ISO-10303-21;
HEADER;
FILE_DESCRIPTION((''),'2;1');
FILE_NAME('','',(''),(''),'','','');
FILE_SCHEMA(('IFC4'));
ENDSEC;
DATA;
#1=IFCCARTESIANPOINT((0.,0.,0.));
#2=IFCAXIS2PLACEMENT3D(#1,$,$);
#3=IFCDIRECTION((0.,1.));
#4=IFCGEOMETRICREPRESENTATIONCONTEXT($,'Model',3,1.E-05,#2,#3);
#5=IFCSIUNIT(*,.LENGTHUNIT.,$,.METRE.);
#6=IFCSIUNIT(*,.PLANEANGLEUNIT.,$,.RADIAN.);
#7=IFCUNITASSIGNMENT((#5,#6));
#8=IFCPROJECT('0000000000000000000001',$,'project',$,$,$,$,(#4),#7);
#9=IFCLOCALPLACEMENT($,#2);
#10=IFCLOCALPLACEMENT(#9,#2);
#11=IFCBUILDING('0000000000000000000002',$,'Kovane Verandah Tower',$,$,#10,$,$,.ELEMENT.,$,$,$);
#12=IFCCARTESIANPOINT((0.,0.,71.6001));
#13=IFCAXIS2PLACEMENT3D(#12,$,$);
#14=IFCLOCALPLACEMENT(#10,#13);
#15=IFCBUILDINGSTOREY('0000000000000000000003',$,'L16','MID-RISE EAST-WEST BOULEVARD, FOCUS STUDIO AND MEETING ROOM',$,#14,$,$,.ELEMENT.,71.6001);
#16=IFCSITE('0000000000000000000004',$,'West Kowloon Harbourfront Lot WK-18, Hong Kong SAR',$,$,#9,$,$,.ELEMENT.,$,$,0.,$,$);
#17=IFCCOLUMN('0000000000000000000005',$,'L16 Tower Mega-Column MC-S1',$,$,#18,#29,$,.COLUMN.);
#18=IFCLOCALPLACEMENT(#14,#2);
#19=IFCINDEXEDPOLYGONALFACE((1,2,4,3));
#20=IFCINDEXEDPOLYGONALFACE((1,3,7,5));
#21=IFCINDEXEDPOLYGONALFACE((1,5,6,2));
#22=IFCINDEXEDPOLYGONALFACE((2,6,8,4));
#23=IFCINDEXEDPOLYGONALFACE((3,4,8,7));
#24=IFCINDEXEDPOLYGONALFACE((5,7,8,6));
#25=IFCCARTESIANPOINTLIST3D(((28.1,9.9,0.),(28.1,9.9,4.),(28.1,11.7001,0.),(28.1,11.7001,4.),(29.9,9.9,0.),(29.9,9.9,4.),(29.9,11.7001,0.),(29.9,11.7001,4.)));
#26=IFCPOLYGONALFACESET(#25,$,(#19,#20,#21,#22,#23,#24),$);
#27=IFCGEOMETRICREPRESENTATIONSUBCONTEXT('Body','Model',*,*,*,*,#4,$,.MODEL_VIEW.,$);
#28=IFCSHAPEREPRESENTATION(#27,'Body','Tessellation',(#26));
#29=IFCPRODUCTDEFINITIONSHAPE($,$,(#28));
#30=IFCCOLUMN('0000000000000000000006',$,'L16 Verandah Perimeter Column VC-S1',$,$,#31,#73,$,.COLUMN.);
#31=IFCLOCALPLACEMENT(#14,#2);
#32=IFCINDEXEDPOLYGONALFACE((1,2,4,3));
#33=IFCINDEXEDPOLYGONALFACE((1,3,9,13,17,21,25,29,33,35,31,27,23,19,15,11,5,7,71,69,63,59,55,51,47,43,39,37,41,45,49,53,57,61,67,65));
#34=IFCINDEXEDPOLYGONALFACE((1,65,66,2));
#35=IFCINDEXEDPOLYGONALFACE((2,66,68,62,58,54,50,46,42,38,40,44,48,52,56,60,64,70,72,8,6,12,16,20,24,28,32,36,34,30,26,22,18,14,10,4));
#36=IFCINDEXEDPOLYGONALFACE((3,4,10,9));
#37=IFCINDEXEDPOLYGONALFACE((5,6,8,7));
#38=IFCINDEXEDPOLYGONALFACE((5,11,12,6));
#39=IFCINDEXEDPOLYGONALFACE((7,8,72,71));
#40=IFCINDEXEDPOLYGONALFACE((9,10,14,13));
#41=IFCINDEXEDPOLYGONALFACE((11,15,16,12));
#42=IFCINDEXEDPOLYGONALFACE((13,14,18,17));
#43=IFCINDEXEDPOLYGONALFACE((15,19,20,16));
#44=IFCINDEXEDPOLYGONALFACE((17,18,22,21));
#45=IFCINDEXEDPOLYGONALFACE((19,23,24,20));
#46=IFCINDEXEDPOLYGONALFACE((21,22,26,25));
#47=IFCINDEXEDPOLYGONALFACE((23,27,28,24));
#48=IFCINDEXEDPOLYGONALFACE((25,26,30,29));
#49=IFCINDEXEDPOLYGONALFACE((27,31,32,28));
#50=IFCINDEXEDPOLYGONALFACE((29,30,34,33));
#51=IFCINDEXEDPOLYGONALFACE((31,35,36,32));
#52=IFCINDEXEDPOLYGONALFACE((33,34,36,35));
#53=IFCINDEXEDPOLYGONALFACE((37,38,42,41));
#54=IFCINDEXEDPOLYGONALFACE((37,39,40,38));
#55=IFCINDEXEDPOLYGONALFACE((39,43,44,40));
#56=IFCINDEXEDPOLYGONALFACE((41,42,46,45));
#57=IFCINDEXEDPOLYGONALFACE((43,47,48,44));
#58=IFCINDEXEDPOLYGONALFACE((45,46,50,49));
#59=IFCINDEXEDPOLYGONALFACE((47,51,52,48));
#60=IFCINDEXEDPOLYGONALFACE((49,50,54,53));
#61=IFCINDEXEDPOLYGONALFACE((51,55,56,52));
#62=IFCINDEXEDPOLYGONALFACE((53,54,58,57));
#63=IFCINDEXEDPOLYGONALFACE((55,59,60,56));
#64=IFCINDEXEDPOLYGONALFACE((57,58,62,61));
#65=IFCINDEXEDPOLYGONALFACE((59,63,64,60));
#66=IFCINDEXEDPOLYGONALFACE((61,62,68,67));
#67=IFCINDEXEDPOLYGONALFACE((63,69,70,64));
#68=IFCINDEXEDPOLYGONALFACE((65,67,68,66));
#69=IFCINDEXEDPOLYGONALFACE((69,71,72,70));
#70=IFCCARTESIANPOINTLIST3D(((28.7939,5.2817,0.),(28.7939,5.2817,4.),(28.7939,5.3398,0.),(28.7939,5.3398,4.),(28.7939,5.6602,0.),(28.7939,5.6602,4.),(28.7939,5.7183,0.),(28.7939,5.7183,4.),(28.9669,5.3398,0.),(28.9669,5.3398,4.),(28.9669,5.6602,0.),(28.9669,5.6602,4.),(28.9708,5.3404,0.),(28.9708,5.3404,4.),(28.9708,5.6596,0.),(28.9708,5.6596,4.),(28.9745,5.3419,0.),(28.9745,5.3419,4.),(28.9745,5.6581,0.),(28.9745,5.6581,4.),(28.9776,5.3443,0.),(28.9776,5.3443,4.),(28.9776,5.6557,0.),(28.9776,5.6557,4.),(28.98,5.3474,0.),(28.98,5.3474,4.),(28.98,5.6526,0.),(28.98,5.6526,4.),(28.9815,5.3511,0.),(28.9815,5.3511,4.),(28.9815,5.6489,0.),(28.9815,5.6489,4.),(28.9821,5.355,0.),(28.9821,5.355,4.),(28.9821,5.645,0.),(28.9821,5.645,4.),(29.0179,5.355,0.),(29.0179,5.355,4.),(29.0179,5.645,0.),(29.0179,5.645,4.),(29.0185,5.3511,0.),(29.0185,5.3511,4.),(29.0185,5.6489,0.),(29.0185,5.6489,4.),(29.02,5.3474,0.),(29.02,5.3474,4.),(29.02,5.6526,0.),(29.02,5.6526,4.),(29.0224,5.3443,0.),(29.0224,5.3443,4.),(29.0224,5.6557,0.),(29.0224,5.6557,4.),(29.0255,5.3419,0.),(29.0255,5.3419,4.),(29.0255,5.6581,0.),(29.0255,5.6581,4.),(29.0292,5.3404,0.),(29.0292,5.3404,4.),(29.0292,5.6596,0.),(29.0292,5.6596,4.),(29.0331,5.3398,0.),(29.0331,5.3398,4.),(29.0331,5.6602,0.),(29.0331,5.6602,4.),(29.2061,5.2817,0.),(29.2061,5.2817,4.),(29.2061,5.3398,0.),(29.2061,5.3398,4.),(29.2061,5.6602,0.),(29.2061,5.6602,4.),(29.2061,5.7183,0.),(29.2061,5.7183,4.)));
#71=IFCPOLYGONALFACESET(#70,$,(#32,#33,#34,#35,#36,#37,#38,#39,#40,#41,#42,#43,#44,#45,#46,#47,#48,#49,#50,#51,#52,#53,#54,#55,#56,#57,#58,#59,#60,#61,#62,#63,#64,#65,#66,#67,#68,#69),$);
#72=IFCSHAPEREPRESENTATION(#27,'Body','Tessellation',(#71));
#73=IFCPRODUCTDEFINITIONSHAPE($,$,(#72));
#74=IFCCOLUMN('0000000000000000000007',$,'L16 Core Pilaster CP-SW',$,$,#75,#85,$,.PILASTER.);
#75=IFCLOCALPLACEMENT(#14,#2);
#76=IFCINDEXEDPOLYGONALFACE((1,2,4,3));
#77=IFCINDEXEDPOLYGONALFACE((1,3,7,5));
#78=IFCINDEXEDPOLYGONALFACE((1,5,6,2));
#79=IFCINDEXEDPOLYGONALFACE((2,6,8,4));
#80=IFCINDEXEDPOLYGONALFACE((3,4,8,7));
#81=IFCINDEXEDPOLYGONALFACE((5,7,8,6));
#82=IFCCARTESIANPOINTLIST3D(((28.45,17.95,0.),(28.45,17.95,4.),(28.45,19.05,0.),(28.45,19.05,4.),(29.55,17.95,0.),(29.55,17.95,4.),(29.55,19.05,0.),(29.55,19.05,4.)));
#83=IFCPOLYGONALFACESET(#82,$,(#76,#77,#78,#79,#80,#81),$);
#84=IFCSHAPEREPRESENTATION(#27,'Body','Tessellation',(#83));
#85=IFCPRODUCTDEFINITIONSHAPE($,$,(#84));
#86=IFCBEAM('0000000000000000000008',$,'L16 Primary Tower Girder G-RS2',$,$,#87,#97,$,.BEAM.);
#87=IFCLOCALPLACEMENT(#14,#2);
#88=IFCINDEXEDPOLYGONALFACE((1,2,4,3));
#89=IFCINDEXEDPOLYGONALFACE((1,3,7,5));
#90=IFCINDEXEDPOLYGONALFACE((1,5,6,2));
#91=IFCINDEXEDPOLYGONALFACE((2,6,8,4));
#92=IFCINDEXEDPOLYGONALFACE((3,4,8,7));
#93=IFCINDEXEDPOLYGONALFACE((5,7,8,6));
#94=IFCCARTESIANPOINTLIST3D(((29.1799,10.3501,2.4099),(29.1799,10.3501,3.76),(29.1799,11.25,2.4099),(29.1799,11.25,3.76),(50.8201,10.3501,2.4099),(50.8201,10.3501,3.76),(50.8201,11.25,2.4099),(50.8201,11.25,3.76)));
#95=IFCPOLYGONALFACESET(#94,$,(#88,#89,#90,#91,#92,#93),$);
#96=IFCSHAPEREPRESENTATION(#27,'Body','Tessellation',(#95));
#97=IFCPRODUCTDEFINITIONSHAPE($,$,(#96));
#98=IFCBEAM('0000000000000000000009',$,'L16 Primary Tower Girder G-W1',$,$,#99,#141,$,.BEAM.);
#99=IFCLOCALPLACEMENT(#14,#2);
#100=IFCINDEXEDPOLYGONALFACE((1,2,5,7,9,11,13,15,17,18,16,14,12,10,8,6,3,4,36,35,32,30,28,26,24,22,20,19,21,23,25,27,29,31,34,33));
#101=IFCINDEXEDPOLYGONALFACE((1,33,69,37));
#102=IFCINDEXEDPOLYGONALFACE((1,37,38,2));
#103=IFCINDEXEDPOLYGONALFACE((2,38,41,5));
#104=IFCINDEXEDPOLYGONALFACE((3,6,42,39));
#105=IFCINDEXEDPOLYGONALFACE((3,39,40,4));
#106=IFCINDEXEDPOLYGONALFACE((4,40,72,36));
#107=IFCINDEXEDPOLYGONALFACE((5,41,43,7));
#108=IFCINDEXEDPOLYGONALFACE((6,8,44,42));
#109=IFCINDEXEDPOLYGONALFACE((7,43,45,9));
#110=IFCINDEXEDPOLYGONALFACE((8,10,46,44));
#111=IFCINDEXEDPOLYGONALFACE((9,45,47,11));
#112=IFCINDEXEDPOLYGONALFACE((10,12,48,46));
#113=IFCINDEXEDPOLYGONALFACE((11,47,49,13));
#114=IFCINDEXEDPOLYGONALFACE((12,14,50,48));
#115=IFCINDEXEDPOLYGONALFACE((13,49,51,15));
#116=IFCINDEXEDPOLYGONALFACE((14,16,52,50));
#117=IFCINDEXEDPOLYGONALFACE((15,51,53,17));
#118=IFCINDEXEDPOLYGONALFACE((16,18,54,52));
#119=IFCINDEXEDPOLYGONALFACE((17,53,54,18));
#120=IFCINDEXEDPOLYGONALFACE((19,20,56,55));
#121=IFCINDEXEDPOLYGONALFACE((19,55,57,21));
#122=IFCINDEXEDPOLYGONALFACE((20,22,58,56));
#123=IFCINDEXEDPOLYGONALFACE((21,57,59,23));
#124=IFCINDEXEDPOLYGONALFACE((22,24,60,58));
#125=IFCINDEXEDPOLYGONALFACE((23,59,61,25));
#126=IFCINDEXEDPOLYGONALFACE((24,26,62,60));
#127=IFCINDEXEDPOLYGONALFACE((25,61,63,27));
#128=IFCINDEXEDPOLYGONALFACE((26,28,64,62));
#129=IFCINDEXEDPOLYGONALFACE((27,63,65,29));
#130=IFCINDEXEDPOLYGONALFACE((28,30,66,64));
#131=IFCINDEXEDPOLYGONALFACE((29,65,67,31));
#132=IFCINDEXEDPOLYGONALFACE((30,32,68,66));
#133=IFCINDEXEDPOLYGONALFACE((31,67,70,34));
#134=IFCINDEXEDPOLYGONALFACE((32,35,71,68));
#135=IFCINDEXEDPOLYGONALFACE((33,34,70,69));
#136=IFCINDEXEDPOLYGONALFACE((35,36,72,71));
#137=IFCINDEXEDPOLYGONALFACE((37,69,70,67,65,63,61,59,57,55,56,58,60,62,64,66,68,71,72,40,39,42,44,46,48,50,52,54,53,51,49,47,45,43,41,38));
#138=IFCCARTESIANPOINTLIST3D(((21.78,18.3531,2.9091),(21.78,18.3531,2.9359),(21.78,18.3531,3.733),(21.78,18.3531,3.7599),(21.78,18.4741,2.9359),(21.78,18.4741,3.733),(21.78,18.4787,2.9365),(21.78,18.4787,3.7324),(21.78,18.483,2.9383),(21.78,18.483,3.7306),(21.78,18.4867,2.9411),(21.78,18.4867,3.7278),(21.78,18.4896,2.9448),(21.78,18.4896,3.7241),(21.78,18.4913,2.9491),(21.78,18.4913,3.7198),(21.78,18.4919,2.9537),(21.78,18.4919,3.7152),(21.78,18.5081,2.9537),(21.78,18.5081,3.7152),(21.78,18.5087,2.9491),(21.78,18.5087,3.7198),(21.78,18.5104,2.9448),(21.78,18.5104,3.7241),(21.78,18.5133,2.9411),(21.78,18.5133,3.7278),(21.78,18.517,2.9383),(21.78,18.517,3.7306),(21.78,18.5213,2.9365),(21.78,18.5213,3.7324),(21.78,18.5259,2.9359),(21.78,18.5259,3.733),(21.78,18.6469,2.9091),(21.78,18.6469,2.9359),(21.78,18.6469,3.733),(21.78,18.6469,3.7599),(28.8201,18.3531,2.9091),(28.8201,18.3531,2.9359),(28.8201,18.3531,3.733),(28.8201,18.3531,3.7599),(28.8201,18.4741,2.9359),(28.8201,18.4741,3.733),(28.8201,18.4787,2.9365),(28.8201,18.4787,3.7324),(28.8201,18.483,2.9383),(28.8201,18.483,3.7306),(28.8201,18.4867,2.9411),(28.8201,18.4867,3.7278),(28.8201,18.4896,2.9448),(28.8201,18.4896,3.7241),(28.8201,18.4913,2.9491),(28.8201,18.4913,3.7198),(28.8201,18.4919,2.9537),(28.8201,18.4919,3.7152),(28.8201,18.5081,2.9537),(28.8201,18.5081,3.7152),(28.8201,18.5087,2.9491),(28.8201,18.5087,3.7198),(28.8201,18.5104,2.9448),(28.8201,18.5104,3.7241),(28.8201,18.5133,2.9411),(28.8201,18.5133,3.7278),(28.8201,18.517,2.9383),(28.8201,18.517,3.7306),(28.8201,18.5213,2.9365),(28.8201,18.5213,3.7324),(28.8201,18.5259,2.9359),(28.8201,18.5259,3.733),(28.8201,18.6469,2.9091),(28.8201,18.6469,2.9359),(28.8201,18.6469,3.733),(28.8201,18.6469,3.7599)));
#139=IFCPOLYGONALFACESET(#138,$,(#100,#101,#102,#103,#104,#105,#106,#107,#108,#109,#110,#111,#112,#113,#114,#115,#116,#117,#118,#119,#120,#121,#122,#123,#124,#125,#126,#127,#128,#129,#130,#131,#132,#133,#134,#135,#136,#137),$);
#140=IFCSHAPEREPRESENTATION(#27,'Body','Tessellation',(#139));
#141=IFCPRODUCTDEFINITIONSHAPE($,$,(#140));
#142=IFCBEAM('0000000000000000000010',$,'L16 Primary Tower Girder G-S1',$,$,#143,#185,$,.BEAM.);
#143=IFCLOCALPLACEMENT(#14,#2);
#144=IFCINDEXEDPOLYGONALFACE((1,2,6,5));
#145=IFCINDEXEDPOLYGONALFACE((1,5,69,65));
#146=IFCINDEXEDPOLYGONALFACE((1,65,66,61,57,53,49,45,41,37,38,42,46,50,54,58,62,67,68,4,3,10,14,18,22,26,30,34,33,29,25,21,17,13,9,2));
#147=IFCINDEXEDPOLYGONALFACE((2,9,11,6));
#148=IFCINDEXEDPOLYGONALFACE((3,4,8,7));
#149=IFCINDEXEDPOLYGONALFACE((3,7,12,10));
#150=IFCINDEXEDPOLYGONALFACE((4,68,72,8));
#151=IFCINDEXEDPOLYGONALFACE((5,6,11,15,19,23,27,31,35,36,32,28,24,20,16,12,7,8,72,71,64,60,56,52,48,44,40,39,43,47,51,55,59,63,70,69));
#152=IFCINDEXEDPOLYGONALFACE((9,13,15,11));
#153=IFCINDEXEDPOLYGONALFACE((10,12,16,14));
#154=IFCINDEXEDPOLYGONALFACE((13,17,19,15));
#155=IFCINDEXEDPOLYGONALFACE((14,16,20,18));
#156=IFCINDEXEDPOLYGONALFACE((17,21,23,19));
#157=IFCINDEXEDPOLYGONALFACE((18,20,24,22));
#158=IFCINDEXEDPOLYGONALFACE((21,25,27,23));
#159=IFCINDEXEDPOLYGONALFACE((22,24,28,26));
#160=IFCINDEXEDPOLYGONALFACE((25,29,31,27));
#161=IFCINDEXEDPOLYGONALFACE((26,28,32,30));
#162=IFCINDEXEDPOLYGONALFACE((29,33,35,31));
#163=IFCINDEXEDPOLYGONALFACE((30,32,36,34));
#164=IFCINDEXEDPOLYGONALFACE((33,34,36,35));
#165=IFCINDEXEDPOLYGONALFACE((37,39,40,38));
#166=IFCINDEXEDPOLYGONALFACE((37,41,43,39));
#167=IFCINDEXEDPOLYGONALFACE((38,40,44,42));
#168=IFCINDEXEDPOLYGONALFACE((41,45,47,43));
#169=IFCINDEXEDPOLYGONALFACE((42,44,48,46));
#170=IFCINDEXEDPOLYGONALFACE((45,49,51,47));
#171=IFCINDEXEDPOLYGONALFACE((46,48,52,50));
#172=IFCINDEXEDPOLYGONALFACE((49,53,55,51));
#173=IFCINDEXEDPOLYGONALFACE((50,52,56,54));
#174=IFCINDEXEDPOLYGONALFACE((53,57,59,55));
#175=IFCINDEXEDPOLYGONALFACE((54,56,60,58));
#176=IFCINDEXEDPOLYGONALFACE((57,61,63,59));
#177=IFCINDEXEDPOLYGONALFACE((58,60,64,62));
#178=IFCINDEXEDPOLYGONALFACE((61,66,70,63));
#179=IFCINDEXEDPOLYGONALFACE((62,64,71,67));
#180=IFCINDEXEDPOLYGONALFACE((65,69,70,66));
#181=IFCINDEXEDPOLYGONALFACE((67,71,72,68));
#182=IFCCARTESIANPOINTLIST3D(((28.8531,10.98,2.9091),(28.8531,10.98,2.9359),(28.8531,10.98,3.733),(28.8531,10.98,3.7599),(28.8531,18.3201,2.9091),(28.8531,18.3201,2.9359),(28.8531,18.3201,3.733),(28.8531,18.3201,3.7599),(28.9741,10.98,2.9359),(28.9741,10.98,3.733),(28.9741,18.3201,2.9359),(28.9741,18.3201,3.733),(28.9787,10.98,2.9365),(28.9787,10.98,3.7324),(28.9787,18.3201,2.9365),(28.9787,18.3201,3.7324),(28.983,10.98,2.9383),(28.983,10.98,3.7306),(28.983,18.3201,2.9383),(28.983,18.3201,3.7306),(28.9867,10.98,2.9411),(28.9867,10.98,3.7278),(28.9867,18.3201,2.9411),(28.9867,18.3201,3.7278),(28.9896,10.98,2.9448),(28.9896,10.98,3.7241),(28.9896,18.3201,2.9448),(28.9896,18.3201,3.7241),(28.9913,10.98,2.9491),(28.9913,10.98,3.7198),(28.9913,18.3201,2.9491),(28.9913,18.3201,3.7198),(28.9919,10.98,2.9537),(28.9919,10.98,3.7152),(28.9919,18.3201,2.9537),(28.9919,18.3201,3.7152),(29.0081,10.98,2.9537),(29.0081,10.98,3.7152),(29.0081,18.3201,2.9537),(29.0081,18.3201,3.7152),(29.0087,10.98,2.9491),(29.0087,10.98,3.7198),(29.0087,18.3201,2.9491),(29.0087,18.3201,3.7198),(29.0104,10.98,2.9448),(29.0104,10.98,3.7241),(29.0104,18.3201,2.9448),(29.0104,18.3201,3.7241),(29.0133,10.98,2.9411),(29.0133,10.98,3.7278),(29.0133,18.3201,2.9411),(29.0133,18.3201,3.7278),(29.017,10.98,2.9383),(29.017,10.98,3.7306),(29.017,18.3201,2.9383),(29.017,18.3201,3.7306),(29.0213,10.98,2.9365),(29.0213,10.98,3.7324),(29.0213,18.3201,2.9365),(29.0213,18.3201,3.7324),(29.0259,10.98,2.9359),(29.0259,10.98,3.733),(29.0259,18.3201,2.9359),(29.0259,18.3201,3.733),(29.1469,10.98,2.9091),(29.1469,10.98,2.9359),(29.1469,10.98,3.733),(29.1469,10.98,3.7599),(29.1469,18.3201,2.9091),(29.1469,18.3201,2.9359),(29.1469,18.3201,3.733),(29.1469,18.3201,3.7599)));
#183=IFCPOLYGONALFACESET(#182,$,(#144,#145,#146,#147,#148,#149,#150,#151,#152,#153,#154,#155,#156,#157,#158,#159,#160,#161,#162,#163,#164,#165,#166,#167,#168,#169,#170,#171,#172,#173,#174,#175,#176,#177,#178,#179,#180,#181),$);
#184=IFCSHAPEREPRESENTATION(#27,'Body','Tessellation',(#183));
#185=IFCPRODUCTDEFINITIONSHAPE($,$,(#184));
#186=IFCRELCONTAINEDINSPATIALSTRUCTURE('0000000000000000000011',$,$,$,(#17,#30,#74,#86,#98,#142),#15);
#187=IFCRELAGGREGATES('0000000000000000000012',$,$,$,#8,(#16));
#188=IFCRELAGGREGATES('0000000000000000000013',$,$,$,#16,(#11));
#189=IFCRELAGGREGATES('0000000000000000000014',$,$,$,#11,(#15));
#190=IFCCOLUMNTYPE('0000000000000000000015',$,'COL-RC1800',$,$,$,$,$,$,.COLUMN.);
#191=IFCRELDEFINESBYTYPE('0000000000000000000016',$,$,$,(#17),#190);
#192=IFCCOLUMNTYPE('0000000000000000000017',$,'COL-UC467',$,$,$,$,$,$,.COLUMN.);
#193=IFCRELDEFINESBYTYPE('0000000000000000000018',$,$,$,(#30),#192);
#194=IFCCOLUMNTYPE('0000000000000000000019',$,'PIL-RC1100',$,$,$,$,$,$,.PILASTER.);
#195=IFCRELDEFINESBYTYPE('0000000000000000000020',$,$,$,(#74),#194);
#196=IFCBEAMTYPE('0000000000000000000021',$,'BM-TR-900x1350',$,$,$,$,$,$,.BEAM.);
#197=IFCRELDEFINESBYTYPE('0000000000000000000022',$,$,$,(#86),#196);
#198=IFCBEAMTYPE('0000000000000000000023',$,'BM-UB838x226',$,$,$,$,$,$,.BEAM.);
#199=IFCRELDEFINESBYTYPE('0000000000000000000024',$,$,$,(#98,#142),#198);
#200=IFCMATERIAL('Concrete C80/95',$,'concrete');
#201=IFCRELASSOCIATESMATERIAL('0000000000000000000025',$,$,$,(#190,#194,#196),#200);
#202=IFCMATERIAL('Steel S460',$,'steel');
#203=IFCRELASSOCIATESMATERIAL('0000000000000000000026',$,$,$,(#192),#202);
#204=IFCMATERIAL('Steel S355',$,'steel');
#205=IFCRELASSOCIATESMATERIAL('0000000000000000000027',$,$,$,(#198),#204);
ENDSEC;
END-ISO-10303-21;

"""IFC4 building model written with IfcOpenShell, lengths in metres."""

from ifc_helpers import new_model, si_unit, direction, frame, origin, origin_2d, place, context, subcontext, project, spatial, rectangle, i_section, extrude, material, material_profile, profile_set, type_object, element, save


model = new_model("IFC4")

# Units and contexts
model_context = context("Model", 3, precision=1e-05, world=origin(), true_north=direction((0.0, 1.0)))
body_context = subcontext(model_context, "Body", "Model", "MODEL_VIEW")
ifc_project = project(units=[si_unit("LENGTHUNIT", "METRE"), si_unit("PLANEANGLEUNIT", "RADIAN")], contexts=[model_context])

# Site, building, storey
site_placement = place(None, origin())
site = spatial("IfcSite", under=ifc_project, at=site_placement, Name="West Kowloon Harbourfront Lot WK-18, Hong Kong SAR", CompositionType="ELEMENT", RefElevation=0.0)
building_placement = place(site_placement, origin())
building = spatial("IfcBuilding", under=site, at=building_placement, Name="Kovane Verandah Tower", CompositionType="ELEMENT")
storey_placement = place(building_placement, frame((0.0, 0.0, 71.6001)))
storey = spatial("IfcBuildingStorey", under=building, at=storey_placement, Name="L16", Description="MID-RISE EAST-WEST BOULEVARD, FOCUS STUDIO AND MEETING ROOM", CompositionType="ELEMENT", Elevation=71.6001)

# Columns
ifc_material_1 = material(Name="Concrete C80/95", Category="concrete")
ifc_material_profile_1 = material_profile(ifc_material_1, rectangle(XDim=1.8, YDim=1.8, at=origin_2d()), Name="RC1800x1800")
ifc_profile_set_1 = profile_set([ifc_material_profile_1], Name="Concrete C80/95")
column_type_1 = type_object("IfcColumnType", Name="COL-RC1800", PredefinedType="COLUMN", material=ifc_profile_set_1)
column_1_placement = place(storey_placement, frame((29.0, 10.8, 0.0), z_axis=(0.0, 0.0, 1.0), x_axis=(1.0, 0.0, 0.0)))
element("IfcColumn", 1, at=column_1_placement, inside=storey, type_object=column_type_1, Name="L16 Tower Mega-Column MC-S1", PredefinedType="COLUMN", context=body_context, shape_type="SweptSolid", body=[
    extrude(rectangle(XDim=1.8, YDim=1.8, at=origin_2d()), origin(), (0.0, 0.0, 1.0), 4.0),
])
ifc_material_2 = material(Name="Steel S460", Category="steel")
ifc_material_profile_2 = material_profile(ifc_material_2, i_section(OverallWidth=0.4121, OverallDepth=0.4365, WebThickness=0.0359, FlangeThickness=0.0581, FilletRadius=0.0151, at=origin_2d()), Name="UC356x406x467")
ifc_profile_set_2 = profile_set([ifc_material_profile_2], Name="Steel S460")
column_type_2 = type_object("IfcColumnType", Name="COL-UC467", PredefinedType="COLUMN", material=ifc_profile_set_2)
column_2_placement = place(storey_placement, frame((29.0, 5.5, 0.0), z_axis=(0.0, 0.0, 1.0), x_axis=(1.0, 0.0, 0.0)))
element("IfcColumn", 2, at=column_2_placement, inside=storey, type_object=column_type_2, Name="L16 Verandah Perimeter Column VC-S1", PredefinedType="COLUMN", context=body_context, shape_type="SweptSolid", body=[
    extrude(i_section(OverallWidth=0.4121, OverallDepth=0.4365, WebThickness=0.0359, FlangeThickness=0.0581, FilletRadius=0.0151, at=origin_2d()), origin(), (0.0, 0.0, 1.0), 4.0),
])
ifc_material_profile_3 = material_profile(ifc_material_1, rectangle(XDim=1.1001, YDim=1.1001, at=origin_2d()), Name="RC1100x1100")
ifc_profile_set_3 = profile_set([ifc_material_profile_3], Name="Concrete C80/95")
column_type_3 = type_object("IfcColumnType", Name="PIL-RC1100", PredefinedType="PILASTER", material=ifc_profile_set_3)
column_3_placement = place(storey_placement, frame((29.0, 18.5, 0.0), z_axis=(0.0, 0.0, 1.0), x_axis=(1.0, 0.0, 0.0)))
element("IfcColumn", 3, at=column_3_placement, inside=storey, type_object=column_type_3, Name="L16 Core Pilaster CP-SW", PredefinedType="PILASTER", context=body_context, shape_type="SweptSolid", body=[
    extrude(rectangle(XDim=1.1001, YDim=1.1001, at=origin_2d()), origin(), (0.0, 0.0, 1.0), 4.0),
])

# Beams
ifc_material_profile_4 = material_profile(ifc_material_1, rectangle(XDim=0.8999, YDim=1.3501, at=origin_2d()), Name="RCB900x1350")
ifc_profile_set_4 = profile_set([ifc_material_profile_4], Name="Concrete C80/95")
beam_type_1 = type_object("IfcBeamType", Name="BM-TR-900x1350", PredefinedType="BEAM", material=ifc_profile_set_4)
beam_1_placement = place(storey_placement, frame((29.1799, 10.8, 3.085), z_axis=(1.0, 0.0, 0.0), x_axis=(0.0, 1.0, 0.0)))
element("IfcBeam", 4, at=beam_1_placement, inside=storey, type_object=beam_type_1, Name="L16 Primary Tower Girder G-RS2", PredefinedType="BEAM", context=body_context, shape_type="SweptSolid", body=[
    extrude(rectangle(XDim=0.8999, YDim=1.3501, at=origin_2d()), origin(), (0.0, 0.0, 1.0), 21.6401),
])
ifc_material_3 = material(Name="Steel S355", Category="steel")
ifc_material_profile_5 = material_profile(ifc_material_3, i_section(OverallWidth=0.2937, OverallDepth=0.8508, WebThickness=0.0161, FlangeThickness=0.0269, FilletRadius=0.0178, at=origin_2d()), Name="UB838x292x226")
ifc_profile_set_5 = profile_set([ifc_material_profile_5], Name="Steel S355")
beam_type_2 = type_object("IfcBeamType", Name="BM-UB838x226", PredefinedType="BEAM", material=ifc_profile_set_5)
beam_2_placement = place(storey_placement, frame((28.8201, 18.5, 3.3345), z_axis=(-1.0, 0.0, 0.0), x_axis=(0.0, -1.0, 0.0)))
element("IfcBeam", 5, at=beam_2_placement, inside=storey, type_object=beam_type_2, Name="L16 Primary Tower Girder G-W1", PredefinedType="BEAM", context=body_context, shape_type="SweptSolid", body=[
    extrude(i_section(OverallWidth=0.2937, OverallDepth=0.8508, WebThickness=0.0161, FlangeThickness=0.0269, FilletRadius=0.0178, at=origin_2d()), origin(), (0.0, 0.0, 1.0), 7.04),
])
beam_3_placement = place(storey_placement, frame((29.0, 18.3201, 3.3345), z_axis=(0.0, -1.0, 0.0), x_axis=(1.0, 0.0, 0.0)))
element("IfcBeam", 6, at=beam_3_placement, inside=storey, type_object=beam_type_2, Name="L16 Primary Tower Girder G-S1", PredefinedType="BEAM", context=body_context, shape_type="SweptSolid", body=[
    extrude(i_section(OverallWidth=0.2937, OverallDepth=0.8508, WebThickness=0.0161, FlangeThickness=0.0269, FilletRadius=0.0178, at=origin_2d()), origin(), (0.0, 0.0, 1.0), 7.3401),
])

save(model, "model.ifc")
